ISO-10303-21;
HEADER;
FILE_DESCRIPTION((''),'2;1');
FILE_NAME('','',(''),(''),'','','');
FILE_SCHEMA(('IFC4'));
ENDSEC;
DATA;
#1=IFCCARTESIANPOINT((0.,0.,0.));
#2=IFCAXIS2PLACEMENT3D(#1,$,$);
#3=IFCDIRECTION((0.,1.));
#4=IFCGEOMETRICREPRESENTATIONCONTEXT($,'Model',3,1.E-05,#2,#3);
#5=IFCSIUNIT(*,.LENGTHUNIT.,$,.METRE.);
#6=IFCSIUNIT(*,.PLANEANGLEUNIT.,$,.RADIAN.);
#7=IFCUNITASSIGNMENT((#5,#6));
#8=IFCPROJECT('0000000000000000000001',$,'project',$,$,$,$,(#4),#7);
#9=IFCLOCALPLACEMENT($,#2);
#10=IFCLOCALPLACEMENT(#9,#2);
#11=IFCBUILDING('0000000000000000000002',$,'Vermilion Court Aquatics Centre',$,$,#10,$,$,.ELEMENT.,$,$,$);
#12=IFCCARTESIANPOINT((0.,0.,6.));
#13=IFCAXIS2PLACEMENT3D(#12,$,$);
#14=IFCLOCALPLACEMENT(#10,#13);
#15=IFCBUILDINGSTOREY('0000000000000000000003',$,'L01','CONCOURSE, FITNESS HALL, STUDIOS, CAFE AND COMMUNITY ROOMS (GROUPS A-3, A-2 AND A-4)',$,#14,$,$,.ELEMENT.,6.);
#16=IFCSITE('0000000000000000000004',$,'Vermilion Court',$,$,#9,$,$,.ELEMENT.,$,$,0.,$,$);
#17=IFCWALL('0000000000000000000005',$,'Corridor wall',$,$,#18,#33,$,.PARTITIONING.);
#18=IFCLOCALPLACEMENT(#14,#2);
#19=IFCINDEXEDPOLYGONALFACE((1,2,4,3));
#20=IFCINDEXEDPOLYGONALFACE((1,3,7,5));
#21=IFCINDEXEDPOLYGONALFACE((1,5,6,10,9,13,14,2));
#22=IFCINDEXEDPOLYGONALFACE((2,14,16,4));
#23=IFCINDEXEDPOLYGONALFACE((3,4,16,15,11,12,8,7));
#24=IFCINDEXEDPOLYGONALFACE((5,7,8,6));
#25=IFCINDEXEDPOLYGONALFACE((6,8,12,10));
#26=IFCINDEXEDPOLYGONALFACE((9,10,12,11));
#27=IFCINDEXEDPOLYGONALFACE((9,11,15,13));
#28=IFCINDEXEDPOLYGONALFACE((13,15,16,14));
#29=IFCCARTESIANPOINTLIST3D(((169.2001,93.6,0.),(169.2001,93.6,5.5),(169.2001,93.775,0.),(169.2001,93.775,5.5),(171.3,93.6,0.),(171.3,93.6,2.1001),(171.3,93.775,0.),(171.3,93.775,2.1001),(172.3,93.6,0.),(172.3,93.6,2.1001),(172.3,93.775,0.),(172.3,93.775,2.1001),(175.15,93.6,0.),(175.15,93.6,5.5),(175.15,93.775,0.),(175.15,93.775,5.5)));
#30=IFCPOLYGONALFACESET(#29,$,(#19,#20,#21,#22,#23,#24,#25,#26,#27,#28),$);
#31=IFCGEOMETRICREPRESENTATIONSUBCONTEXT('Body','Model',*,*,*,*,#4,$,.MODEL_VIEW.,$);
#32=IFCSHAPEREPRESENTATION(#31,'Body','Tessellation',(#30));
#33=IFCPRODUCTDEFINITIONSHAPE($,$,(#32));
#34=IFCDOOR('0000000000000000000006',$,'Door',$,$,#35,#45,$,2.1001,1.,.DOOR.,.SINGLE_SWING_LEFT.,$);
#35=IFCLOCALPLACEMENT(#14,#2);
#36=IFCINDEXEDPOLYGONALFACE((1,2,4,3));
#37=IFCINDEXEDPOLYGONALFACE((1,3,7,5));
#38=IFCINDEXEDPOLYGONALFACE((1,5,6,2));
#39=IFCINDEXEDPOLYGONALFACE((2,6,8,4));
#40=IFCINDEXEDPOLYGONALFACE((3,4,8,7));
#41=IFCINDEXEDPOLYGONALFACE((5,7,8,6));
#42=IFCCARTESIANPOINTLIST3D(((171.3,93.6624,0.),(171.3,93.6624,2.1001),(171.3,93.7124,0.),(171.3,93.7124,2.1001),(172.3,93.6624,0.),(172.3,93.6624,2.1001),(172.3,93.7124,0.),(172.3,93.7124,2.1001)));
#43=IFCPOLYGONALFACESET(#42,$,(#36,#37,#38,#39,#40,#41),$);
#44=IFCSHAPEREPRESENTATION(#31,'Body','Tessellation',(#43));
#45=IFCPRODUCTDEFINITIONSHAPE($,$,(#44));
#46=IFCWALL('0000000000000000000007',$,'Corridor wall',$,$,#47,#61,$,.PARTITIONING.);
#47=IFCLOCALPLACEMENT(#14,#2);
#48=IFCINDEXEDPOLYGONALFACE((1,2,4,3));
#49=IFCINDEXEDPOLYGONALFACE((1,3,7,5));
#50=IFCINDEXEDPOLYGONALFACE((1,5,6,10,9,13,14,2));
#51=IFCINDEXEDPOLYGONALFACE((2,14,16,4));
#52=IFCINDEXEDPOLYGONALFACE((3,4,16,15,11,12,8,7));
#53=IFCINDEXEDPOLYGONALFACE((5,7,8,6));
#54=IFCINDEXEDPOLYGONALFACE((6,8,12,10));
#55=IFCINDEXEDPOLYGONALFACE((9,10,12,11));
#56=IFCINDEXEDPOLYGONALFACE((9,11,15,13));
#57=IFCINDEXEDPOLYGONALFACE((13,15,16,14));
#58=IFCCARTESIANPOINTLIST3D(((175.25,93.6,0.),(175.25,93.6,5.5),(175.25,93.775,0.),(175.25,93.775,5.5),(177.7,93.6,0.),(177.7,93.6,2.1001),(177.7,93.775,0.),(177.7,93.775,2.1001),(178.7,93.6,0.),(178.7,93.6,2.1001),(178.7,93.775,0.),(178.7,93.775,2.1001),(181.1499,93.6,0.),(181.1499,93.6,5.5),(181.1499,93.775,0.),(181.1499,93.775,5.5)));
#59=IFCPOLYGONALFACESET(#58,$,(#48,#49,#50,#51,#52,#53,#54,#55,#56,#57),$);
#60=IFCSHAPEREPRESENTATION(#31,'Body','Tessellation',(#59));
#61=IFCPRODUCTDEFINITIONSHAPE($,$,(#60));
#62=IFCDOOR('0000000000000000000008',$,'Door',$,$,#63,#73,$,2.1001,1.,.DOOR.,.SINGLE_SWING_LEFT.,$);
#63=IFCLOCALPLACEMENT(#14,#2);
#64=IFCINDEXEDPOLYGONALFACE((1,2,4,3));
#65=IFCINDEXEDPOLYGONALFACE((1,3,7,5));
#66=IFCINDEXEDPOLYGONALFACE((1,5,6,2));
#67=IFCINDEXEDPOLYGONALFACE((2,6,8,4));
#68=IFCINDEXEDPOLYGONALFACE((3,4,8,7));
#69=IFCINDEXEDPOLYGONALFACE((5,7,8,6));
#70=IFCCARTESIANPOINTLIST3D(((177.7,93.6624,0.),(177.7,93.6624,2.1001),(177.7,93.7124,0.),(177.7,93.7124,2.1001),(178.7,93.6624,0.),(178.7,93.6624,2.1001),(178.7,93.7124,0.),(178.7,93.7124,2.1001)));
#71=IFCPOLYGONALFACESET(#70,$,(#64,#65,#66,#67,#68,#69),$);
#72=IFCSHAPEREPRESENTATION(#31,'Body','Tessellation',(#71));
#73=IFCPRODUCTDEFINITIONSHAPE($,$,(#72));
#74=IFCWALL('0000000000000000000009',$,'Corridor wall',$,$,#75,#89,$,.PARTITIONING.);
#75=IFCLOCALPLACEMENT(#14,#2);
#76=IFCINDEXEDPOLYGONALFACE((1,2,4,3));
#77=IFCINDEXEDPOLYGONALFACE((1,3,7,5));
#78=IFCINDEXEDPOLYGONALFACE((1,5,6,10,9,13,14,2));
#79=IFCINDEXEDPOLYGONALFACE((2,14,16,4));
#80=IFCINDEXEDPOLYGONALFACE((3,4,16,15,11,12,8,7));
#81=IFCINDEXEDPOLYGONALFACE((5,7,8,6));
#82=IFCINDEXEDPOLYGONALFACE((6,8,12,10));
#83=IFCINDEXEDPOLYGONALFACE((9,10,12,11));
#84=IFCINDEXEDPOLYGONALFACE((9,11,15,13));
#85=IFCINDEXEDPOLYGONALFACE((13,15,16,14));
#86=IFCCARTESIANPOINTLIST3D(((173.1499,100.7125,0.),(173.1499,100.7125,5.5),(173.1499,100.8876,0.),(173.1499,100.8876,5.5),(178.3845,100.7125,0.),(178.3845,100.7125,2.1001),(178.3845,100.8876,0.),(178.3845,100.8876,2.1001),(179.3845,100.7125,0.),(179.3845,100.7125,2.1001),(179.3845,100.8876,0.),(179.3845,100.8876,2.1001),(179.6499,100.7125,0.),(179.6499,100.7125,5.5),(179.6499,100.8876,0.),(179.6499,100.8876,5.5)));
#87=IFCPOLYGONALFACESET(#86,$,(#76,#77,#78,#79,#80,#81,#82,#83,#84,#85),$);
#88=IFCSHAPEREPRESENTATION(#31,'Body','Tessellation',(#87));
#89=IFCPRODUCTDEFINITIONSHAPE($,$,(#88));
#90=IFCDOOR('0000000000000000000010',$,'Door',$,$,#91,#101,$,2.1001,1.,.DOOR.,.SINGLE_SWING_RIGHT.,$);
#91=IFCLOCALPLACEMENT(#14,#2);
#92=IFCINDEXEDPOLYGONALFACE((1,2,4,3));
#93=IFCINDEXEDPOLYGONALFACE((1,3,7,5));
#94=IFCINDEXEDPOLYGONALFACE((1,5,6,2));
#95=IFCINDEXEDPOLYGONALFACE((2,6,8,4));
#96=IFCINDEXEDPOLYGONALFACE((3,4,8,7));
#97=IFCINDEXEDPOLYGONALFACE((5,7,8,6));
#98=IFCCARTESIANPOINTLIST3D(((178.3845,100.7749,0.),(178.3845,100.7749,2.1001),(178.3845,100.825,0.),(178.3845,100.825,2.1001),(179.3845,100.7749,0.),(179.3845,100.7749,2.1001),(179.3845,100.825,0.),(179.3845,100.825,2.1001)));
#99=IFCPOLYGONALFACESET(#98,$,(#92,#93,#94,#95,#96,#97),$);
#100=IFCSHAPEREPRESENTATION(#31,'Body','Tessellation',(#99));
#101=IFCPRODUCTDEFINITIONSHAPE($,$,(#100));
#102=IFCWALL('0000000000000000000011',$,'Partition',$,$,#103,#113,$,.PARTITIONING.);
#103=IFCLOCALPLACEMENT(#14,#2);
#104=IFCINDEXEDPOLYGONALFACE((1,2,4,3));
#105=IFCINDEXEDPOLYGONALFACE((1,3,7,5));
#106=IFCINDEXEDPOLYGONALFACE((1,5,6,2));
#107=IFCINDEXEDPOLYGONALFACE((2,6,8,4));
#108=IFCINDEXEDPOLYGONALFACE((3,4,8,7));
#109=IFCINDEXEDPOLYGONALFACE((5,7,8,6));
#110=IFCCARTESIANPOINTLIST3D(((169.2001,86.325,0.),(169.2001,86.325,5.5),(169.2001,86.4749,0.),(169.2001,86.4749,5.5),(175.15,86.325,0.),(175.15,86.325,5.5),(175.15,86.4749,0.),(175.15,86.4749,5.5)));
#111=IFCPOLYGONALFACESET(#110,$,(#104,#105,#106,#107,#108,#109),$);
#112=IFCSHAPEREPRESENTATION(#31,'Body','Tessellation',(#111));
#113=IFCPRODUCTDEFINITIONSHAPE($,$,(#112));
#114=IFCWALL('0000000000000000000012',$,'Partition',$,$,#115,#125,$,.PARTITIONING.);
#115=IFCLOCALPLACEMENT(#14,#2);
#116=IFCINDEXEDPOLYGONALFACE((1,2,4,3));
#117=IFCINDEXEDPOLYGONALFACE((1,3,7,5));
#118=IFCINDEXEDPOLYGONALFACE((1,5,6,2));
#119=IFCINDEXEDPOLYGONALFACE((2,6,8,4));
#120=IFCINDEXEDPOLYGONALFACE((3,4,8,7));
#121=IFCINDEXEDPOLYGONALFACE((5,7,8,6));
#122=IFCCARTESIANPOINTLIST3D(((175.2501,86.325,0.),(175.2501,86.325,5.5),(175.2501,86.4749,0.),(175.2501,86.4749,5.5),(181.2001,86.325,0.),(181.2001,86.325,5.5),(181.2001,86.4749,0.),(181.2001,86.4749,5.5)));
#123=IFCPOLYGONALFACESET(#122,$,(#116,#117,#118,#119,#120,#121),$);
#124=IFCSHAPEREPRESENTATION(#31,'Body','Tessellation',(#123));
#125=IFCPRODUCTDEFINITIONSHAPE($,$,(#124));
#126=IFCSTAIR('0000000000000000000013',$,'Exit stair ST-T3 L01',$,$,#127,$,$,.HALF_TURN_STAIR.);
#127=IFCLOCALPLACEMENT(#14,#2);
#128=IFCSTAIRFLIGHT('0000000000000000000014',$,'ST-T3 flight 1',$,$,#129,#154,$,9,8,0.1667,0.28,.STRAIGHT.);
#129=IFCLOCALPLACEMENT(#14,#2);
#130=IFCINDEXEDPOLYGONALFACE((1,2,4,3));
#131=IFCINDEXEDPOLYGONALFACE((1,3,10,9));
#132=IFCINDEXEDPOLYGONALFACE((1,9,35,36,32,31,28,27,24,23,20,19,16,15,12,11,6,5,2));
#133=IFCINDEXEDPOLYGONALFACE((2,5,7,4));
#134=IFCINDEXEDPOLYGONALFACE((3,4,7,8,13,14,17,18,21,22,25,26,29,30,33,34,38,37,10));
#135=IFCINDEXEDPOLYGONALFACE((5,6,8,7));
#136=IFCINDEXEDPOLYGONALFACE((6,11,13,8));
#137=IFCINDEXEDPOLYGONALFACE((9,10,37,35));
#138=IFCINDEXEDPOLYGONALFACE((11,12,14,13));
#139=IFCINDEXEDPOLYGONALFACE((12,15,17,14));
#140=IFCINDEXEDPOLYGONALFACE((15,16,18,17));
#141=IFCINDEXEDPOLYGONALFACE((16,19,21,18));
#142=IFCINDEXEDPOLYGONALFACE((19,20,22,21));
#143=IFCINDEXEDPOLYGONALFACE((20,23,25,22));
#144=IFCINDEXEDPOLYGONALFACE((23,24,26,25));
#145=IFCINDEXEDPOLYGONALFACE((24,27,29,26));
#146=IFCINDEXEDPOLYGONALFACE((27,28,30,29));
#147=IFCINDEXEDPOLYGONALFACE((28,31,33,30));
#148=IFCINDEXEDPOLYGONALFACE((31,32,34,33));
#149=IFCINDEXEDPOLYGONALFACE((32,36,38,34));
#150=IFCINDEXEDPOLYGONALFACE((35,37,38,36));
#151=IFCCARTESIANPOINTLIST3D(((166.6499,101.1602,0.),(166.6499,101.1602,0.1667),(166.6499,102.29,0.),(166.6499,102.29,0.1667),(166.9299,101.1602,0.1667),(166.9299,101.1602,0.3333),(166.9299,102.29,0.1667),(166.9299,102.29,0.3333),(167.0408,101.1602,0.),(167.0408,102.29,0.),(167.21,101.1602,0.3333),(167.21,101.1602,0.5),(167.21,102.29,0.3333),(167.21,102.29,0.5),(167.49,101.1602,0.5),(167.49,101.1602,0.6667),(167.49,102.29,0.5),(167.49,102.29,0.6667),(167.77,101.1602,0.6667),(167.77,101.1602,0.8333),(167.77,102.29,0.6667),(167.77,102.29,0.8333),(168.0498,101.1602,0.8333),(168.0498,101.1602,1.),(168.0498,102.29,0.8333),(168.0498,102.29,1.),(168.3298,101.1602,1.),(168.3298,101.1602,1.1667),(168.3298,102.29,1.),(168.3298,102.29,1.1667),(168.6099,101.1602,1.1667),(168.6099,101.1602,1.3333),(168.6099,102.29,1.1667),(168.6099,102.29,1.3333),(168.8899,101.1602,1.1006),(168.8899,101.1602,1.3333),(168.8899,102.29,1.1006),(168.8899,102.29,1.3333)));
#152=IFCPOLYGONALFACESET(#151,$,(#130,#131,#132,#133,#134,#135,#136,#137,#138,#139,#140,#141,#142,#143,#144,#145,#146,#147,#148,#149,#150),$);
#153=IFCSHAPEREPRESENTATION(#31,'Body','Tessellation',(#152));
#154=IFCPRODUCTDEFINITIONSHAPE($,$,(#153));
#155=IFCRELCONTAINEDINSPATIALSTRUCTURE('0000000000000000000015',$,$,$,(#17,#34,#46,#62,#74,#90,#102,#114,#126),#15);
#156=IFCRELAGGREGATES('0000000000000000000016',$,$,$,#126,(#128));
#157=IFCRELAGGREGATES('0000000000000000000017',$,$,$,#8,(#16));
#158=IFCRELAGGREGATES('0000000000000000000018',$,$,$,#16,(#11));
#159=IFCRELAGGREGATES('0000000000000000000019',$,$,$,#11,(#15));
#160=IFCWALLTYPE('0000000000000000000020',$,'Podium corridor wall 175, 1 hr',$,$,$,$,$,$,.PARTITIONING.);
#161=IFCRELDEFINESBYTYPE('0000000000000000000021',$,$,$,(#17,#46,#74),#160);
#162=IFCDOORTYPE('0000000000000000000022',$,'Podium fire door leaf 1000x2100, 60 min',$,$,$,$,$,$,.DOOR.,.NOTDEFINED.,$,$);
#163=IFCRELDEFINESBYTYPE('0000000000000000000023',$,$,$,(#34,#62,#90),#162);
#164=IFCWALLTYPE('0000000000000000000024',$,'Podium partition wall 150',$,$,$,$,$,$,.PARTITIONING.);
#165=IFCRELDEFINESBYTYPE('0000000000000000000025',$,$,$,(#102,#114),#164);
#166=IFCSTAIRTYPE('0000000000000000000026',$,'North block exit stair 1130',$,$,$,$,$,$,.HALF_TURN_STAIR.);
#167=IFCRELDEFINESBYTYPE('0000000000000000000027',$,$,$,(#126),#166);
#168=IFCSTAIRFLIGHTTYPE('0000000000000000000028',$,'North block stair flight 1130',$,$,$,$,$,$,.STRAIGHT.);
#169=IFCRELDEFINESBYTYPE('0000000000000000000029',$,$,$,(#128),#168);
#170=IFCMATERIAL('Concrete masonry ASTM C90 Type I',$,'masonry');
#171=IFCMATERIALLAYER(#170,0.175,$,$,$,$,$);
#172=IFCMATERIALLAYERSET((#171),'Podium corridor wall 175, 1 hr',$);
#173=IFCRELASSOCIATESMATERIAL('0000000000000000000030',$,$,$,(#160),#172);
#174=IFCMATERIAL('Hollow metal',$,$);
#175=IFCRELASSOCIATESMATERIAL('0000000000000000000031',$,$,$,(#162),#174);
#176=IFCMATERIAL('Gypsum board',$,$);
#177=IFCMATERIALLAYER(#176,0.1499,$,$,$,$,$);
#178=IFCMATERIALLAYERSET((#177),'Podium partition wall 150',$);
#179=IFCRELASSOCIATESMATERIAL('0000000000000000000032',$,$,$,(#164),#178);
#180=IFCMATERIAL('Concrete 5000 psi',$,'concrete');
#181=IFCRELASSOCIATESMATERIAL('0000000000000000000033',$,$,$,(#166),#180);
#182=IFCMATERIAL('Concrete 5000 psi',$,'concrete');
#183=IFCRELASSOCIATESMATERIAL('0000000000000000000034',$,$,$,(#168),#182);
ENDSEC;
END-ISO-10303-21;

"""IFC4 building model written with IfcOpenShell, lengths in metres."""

from ifc_helpers import new_model, si_unit, direction, frame, frame_2d, origin, place, context, subcontext, project, spatial, polyline, rectangle, outline, extrude, material, layer, layer_set, type_object, element, fill, aggregate, save


model = new_model("IFC4")

# Units and contexts
model_context = context("Model", 3, precision=1e-05, world=origin(), true_north=direction((0.0, 1.0)))
body_context = subcontext(model_context, "Body", "Model", "MODEL_VIEW")
ifc_project = project(units=[si_unit("LENGTHUNIT", "METRE"), si_unit("PLANEANGLEUNIT", "RADIAN")], contexts=[model_context])

# Site, building, storey
site_placement = place(None, origin())
site = spatial("IfcSite", under=ifc_project, at=site_placement, Name="Vermilion Court", CompositionType="ELEMENT", RefElevation=0.0)
building_placement = place(site_placement, origin())
building = spatial("IfcBuilding", under=site, at=building_placement, Name="Vermilion Court Aquatics Centre", CompositionType="ELEMENT")
storey_placement = place(building_placement, frame((0.0, 0.0, 6.0)))
storey = spatial("IfcBuildingStorey", under=building, at=storey_placement, Name="L01", Description="CONCOURSE, FITNESS HALL, STUDIOS, CAFE AND COMMUNITY ROOMS (GROUPS A-3, A-2 AND A-4)", CompositionType="ELEMENT", Elevation=6.0)

# Shared definitions
ifc_material_1 = material(Name="Concrete masonry ASTM C90 Type I", Category="masonry")
ifc_layer_1 = layer(ifc_material_1, 0.175)
ifc_layer_set_1 = layer_set([ifc_layer_1], Name="Podium corridor wall 175, 1 hr")
wall_type_1 = type_object("IfcWallType", Name="Podium corridor wall 175, 1 hr", PredefinedType="PARTITIONING", material=ifc_layer_set_1)

# Walls, openings, doors
wall_1_placement = place(storey_placement, frame((169.2, 93.6875, 0.0), z_axis=(0.0, 0.0, 1.0), x_axis=(1.0, 0.0, 0.0)))
wall_1 = element("IfcWall", 1, at=wall_1_placement, inside=storey, type_object=wall_type_1, Name="Corridor wall", PredefinedType="PARTITIONING", context=body_context, shape_type="SweptSolid", body=[
    extrude(rectangle(XDim=5.95, YDim=0.175, at=frame_2d((2.9751, 0.0))), origin(), (0.0, 0.0, 1.0), 5.5),
])
opening_1_placement = place(wall_1_placement, frame((2.1001, 0.0, 0.0)))
opening_1 = element("IfcOpeningElement", 2, at=opening_1_placement, cuts=wall_1, PredefinedType="OPENING", context=body_context, shape_type="SweptSolid", body=[
    extrude(rectangle(XDim=1.0, YDim=2.1001, at=frame_2d((0.5, 1.05))), frame((0.0, 0.0974, 0.0), z_axis=(0.0, -1.0, 0.0), x_axis=(1.0, 0.0, 0.0)), (0.0, 0.0, 1.0), 0.1951),
])
ifc_material_2 = material(Name="Hollow metal")
door_type_1 = type_object("IfcDoorType", Name="Podium fire door leaf 1000x2100, 60 min", OperationType="NOTDEFINED", PredefinedType="DOOR", material=ifc_material_2)
door_1_placement = place(opening_1_placement, frame((1.0, 0.0, 0.0), z_axis=(0.0, 0.0, 1.0), x_axis=(-1.0, 0.0, 0.0)))
door_1 = element("IfcDoor", 3, at=door_1_placement, inside=storey, type_object=door_type_1, Name="Door", OperationType="SINGLE_SWING_LEFT", OverallHeight=2.1001, OverallWidth=1.0, PredefinedType="DOOR", context=body_context, shape_type="SweptSolid", body=[
    extrude(rectangle(XDim=1.0, YDim=2.1001, at=frame_2d((0.5, 1.05))), frame((0.0, 0.0251, 0.0), z_axis=(0.0, -1.0, 0.0), x_axis=(1.0, 0.0, 0.0)), (0.0, 0.0, 1.0), 0.05),
])
fill(opening_1, door_1)
wall_2_placement = place(storey_placement, frame((175.25, 93.6875, 0.0), z_axis=(0.0, 0.0, 1.0), x_axis=(1.0, 0.0, 0.0)))
wall_2 = element("IfcWall", 4, at=wall_2_placement, inside=storey, type_object=wall_type_1, Name="Corridor wall", PredefinedType="PARTITIONING", context=body_context, shape_type="SweptSolid", body=[
    extrude(rectangle(XDim=5.8999, YDim=0.175, at=frame_2d((2.95, 0.0))), origin(), (0.0, 0.0, 1.0), 5.5),
])
opening_2_placement = place(wall_2_placement, frame((2.45, 0.0, 0.0)))
opening_2 = element("IfcOpeningElement", 5, at=opening_2_placement, cuts=wall_2, PredefinedType="OPENING", context=body_context, shape_type="SweptSolid", body=[
    extrude(rectangle(XDim=1.0, YDim=2.1001, at=frame_2d((0.5, 1.05))), frame((0.0, 0.0974, 0.0), z_axis=(0.0, -1.0, 0.0), x_axis=(1.0, 0.0, 0.0)), (0.0, 0.0, 1.0), 0.1951),
])
door_2_placement = place(opening_2_placement, frame((1.0, 0.0, 0.0), z_axis=(0.0, 0.0, 1.0), x_axis=(-1.0, 0.0, 0.0)))
door_2 = element("IfcDoor", 6, at=door_2_placement, inside=storey, type_object=door_type_1, Name="Door", OperationType="SINGLE_SWING_LEFT", OverallHeight=2.1001, OverallWidth=1.0, PredefinedType="DOOR", context=body_context, shape_type="SweptSolid", body=[
    extrude(rectangle(XDim=1.0, YDim=2.1001, at=frame_2d((0.5, 1.05))), frame((0.0, 0.0251, 0.0), z_axis=(0.0, -1.0, 0.0), x_axis=(1.0, 0.0, 0.0)), (0.0, 0.0, 1.0), 0.05),
])
fill(opening_2, door_2)
wall_3_placement = place(storey_placement, frame((173.1499, 100.8, 0.0), z_axis=(0.0, 0.0, 1.0), x_axis=(1.0, 0.0, 0.0)))
wall_3 = element("IfcWall", 7, at=wall_3_placement, inside=storey, type_object=wall_type_1, Name="Corridor wall", PredefinedType="PARTITIONING", context=body_context, shape_type="SweptSolid", body=[
    extrude(rectangle(XDim=6.5, YDim=0.175, at=frame_2d((3.25, 0.0))), origin(), (0.0, 0.0, 1.0), 5.5),
])
opening_3_placement = place(wall_3_placement, frame((5.2346, 0.0, 0.0)))
opening_3 = element("IfcOpeningElement", 8, at=opening_3_placement, cuts=wall_3, PredefinedType="OPENING", context=body_context, shape_type="SweptSolid", body=[
    extrude(rectangle(XDim=1.0, YDim=2.1001, at=frame_2d((0.5, 1.05))), frame((0.0, 0.0974, 0.0), z_axis=(0.0, -1.0, 0.0), x_axis=(1.0, 0.0, 0.0)), (0.0, 0.0, 1.0), 0.1951),
])
door_3_placement = place(opening_3_placement, origin())
door_3 = element("IfcDoor", 9, at=door_3_placement, inside=storey, type_object=door_type_1, Name="Door", OperationType="SINGLE_SWING_RIGHT", OverallHeight=2.1001, OverallWidth=1.0, PredefinedType="DOOR", context=body_context, shape_type="SweptSolid", body=[
    extrude(rectangle(XDim=1.0, YDim=2.1001, at=frame_2d((0.5, 1.05))), frame((0.0, 0.0249, 0.0), z_axis=(0.0, -1.0, 0.0), x_axis=(1.0, 0.0, 0.0)), (0.0, 0.0, 1.0), 0.05),
])
fill(opening_3, door_3)

# Walls
ifc_material_3 = material(Name="Gypsum board")
ifc_layer_2 = layer(ifc_material_3, 0.1499)
ifc_layer_set_2 = layer_set([ifc_layer_2], Name="Podium partition wall 150")
wall_type_2 = type_object("IfcWallType", Name="Podium partition wall 150", PredefinedType="PARTITIONING", material=ifc_layer_set_2)
for number, where, z_axis, x_axis, name in (
    (10, (169.2, 86.3999, 0.0), (0.0, 0.0, 1.0), (1.0, 0.0, 0.0), "Partition"),
    (11, (175.25, 86.3999, 0.0), (0.0, 0.0, 1.0), (1.0, 0.0, 0.0), "Partition"),
):
    element("IfcWall", number, at=place(storey_placement, frame(where, z_axis=z_axis, x_axis=x_axis)), inside=storey, type_object=wall_type_2, Name=name, PredefinedType="PARTITIONING", context=body_context, shape_type="SweptSolid", body=[
        extrude(rectangle(XDim=5.95, YDim=0.1499, at=frame_2d((2.9751, 0.0))), origin(), (0.0, 0.0, 1.0), 5.5),
    ])

# Stair, stair flight
ifc_material_4 = material(Name="Concrete 5000 psi", Category="concrete")
stair_type = type_object("IfcStairType", Name="North block exit stair 1130", PredefinedType="HALF_TURN_STAIR", material=ifc_material_4)
stair_placement = place(storey_placement, origin())
stair = element("IfcStair", 12, at=stair_placement, inside=storey, type_object=stair_type, Name="Exit stair ST-T3 L01", PredefinedType="HALF_TURN_STAIR")
ifc_material_5 = material(Name="Concrete 5000 psi", Category="concrete")
stair_flight_type = type_object("IfcStairFlightType", Name="North block stair flight 1130", PredefinedType="STRAIGHT", material=ifc_material_5)
stair_flight_1_placement = place(storey_placement, frame((166.6499, 101.7251, 0.0), z_axis=(0.0, 0.0, 1.0), x_axis=(1.0, 0.0, 0.0)))
stair_flight_1 = element("IfcStairFlight", 13, at=stair_flight_1_placement, type_object=stair_flight_type, Name="ST-T3 flight 1", NumberOfRisers=9, NumberOfTreads=8, PredefinedType="STRAIGHT", RiserHeight=0.1667, TreadLength=0.28, context=body_context, shape_type="SweptSolid", body=[
    extrude(outline(polyline([(0.0, 0.0), (0.0, 0.1667), (0.28, 0.1667), (0.28, 0.3333), (0.5601, 0.3333), (0.5601, 0.5), (0.8401, 0.5), (0.8401, 0.6667), (1.1201, 0.6667), (1.1201, 0.8333), (1.3999, 0.8333), (1.3999, 1.0), (1.6799, 1.0), (1.6799, 1.1667), (1.96, 1.1667), (1.96, 1.3333), (2.24, 1.3333), (2.24, 1.5), (2.24, 1.1006), (0.3909, 0.0), (0.0, 0.0)])), frame((0.0, 0.5649, 0.0), z_axis=(0.0, -1.0, 0.0), x_axis=(1.0, 0.0, 0.0)), (0.0, 0.0, 1.0), 1.1299),
])
aggregate(stair, [stair_flight_1])

save(model, "model.ifc")
